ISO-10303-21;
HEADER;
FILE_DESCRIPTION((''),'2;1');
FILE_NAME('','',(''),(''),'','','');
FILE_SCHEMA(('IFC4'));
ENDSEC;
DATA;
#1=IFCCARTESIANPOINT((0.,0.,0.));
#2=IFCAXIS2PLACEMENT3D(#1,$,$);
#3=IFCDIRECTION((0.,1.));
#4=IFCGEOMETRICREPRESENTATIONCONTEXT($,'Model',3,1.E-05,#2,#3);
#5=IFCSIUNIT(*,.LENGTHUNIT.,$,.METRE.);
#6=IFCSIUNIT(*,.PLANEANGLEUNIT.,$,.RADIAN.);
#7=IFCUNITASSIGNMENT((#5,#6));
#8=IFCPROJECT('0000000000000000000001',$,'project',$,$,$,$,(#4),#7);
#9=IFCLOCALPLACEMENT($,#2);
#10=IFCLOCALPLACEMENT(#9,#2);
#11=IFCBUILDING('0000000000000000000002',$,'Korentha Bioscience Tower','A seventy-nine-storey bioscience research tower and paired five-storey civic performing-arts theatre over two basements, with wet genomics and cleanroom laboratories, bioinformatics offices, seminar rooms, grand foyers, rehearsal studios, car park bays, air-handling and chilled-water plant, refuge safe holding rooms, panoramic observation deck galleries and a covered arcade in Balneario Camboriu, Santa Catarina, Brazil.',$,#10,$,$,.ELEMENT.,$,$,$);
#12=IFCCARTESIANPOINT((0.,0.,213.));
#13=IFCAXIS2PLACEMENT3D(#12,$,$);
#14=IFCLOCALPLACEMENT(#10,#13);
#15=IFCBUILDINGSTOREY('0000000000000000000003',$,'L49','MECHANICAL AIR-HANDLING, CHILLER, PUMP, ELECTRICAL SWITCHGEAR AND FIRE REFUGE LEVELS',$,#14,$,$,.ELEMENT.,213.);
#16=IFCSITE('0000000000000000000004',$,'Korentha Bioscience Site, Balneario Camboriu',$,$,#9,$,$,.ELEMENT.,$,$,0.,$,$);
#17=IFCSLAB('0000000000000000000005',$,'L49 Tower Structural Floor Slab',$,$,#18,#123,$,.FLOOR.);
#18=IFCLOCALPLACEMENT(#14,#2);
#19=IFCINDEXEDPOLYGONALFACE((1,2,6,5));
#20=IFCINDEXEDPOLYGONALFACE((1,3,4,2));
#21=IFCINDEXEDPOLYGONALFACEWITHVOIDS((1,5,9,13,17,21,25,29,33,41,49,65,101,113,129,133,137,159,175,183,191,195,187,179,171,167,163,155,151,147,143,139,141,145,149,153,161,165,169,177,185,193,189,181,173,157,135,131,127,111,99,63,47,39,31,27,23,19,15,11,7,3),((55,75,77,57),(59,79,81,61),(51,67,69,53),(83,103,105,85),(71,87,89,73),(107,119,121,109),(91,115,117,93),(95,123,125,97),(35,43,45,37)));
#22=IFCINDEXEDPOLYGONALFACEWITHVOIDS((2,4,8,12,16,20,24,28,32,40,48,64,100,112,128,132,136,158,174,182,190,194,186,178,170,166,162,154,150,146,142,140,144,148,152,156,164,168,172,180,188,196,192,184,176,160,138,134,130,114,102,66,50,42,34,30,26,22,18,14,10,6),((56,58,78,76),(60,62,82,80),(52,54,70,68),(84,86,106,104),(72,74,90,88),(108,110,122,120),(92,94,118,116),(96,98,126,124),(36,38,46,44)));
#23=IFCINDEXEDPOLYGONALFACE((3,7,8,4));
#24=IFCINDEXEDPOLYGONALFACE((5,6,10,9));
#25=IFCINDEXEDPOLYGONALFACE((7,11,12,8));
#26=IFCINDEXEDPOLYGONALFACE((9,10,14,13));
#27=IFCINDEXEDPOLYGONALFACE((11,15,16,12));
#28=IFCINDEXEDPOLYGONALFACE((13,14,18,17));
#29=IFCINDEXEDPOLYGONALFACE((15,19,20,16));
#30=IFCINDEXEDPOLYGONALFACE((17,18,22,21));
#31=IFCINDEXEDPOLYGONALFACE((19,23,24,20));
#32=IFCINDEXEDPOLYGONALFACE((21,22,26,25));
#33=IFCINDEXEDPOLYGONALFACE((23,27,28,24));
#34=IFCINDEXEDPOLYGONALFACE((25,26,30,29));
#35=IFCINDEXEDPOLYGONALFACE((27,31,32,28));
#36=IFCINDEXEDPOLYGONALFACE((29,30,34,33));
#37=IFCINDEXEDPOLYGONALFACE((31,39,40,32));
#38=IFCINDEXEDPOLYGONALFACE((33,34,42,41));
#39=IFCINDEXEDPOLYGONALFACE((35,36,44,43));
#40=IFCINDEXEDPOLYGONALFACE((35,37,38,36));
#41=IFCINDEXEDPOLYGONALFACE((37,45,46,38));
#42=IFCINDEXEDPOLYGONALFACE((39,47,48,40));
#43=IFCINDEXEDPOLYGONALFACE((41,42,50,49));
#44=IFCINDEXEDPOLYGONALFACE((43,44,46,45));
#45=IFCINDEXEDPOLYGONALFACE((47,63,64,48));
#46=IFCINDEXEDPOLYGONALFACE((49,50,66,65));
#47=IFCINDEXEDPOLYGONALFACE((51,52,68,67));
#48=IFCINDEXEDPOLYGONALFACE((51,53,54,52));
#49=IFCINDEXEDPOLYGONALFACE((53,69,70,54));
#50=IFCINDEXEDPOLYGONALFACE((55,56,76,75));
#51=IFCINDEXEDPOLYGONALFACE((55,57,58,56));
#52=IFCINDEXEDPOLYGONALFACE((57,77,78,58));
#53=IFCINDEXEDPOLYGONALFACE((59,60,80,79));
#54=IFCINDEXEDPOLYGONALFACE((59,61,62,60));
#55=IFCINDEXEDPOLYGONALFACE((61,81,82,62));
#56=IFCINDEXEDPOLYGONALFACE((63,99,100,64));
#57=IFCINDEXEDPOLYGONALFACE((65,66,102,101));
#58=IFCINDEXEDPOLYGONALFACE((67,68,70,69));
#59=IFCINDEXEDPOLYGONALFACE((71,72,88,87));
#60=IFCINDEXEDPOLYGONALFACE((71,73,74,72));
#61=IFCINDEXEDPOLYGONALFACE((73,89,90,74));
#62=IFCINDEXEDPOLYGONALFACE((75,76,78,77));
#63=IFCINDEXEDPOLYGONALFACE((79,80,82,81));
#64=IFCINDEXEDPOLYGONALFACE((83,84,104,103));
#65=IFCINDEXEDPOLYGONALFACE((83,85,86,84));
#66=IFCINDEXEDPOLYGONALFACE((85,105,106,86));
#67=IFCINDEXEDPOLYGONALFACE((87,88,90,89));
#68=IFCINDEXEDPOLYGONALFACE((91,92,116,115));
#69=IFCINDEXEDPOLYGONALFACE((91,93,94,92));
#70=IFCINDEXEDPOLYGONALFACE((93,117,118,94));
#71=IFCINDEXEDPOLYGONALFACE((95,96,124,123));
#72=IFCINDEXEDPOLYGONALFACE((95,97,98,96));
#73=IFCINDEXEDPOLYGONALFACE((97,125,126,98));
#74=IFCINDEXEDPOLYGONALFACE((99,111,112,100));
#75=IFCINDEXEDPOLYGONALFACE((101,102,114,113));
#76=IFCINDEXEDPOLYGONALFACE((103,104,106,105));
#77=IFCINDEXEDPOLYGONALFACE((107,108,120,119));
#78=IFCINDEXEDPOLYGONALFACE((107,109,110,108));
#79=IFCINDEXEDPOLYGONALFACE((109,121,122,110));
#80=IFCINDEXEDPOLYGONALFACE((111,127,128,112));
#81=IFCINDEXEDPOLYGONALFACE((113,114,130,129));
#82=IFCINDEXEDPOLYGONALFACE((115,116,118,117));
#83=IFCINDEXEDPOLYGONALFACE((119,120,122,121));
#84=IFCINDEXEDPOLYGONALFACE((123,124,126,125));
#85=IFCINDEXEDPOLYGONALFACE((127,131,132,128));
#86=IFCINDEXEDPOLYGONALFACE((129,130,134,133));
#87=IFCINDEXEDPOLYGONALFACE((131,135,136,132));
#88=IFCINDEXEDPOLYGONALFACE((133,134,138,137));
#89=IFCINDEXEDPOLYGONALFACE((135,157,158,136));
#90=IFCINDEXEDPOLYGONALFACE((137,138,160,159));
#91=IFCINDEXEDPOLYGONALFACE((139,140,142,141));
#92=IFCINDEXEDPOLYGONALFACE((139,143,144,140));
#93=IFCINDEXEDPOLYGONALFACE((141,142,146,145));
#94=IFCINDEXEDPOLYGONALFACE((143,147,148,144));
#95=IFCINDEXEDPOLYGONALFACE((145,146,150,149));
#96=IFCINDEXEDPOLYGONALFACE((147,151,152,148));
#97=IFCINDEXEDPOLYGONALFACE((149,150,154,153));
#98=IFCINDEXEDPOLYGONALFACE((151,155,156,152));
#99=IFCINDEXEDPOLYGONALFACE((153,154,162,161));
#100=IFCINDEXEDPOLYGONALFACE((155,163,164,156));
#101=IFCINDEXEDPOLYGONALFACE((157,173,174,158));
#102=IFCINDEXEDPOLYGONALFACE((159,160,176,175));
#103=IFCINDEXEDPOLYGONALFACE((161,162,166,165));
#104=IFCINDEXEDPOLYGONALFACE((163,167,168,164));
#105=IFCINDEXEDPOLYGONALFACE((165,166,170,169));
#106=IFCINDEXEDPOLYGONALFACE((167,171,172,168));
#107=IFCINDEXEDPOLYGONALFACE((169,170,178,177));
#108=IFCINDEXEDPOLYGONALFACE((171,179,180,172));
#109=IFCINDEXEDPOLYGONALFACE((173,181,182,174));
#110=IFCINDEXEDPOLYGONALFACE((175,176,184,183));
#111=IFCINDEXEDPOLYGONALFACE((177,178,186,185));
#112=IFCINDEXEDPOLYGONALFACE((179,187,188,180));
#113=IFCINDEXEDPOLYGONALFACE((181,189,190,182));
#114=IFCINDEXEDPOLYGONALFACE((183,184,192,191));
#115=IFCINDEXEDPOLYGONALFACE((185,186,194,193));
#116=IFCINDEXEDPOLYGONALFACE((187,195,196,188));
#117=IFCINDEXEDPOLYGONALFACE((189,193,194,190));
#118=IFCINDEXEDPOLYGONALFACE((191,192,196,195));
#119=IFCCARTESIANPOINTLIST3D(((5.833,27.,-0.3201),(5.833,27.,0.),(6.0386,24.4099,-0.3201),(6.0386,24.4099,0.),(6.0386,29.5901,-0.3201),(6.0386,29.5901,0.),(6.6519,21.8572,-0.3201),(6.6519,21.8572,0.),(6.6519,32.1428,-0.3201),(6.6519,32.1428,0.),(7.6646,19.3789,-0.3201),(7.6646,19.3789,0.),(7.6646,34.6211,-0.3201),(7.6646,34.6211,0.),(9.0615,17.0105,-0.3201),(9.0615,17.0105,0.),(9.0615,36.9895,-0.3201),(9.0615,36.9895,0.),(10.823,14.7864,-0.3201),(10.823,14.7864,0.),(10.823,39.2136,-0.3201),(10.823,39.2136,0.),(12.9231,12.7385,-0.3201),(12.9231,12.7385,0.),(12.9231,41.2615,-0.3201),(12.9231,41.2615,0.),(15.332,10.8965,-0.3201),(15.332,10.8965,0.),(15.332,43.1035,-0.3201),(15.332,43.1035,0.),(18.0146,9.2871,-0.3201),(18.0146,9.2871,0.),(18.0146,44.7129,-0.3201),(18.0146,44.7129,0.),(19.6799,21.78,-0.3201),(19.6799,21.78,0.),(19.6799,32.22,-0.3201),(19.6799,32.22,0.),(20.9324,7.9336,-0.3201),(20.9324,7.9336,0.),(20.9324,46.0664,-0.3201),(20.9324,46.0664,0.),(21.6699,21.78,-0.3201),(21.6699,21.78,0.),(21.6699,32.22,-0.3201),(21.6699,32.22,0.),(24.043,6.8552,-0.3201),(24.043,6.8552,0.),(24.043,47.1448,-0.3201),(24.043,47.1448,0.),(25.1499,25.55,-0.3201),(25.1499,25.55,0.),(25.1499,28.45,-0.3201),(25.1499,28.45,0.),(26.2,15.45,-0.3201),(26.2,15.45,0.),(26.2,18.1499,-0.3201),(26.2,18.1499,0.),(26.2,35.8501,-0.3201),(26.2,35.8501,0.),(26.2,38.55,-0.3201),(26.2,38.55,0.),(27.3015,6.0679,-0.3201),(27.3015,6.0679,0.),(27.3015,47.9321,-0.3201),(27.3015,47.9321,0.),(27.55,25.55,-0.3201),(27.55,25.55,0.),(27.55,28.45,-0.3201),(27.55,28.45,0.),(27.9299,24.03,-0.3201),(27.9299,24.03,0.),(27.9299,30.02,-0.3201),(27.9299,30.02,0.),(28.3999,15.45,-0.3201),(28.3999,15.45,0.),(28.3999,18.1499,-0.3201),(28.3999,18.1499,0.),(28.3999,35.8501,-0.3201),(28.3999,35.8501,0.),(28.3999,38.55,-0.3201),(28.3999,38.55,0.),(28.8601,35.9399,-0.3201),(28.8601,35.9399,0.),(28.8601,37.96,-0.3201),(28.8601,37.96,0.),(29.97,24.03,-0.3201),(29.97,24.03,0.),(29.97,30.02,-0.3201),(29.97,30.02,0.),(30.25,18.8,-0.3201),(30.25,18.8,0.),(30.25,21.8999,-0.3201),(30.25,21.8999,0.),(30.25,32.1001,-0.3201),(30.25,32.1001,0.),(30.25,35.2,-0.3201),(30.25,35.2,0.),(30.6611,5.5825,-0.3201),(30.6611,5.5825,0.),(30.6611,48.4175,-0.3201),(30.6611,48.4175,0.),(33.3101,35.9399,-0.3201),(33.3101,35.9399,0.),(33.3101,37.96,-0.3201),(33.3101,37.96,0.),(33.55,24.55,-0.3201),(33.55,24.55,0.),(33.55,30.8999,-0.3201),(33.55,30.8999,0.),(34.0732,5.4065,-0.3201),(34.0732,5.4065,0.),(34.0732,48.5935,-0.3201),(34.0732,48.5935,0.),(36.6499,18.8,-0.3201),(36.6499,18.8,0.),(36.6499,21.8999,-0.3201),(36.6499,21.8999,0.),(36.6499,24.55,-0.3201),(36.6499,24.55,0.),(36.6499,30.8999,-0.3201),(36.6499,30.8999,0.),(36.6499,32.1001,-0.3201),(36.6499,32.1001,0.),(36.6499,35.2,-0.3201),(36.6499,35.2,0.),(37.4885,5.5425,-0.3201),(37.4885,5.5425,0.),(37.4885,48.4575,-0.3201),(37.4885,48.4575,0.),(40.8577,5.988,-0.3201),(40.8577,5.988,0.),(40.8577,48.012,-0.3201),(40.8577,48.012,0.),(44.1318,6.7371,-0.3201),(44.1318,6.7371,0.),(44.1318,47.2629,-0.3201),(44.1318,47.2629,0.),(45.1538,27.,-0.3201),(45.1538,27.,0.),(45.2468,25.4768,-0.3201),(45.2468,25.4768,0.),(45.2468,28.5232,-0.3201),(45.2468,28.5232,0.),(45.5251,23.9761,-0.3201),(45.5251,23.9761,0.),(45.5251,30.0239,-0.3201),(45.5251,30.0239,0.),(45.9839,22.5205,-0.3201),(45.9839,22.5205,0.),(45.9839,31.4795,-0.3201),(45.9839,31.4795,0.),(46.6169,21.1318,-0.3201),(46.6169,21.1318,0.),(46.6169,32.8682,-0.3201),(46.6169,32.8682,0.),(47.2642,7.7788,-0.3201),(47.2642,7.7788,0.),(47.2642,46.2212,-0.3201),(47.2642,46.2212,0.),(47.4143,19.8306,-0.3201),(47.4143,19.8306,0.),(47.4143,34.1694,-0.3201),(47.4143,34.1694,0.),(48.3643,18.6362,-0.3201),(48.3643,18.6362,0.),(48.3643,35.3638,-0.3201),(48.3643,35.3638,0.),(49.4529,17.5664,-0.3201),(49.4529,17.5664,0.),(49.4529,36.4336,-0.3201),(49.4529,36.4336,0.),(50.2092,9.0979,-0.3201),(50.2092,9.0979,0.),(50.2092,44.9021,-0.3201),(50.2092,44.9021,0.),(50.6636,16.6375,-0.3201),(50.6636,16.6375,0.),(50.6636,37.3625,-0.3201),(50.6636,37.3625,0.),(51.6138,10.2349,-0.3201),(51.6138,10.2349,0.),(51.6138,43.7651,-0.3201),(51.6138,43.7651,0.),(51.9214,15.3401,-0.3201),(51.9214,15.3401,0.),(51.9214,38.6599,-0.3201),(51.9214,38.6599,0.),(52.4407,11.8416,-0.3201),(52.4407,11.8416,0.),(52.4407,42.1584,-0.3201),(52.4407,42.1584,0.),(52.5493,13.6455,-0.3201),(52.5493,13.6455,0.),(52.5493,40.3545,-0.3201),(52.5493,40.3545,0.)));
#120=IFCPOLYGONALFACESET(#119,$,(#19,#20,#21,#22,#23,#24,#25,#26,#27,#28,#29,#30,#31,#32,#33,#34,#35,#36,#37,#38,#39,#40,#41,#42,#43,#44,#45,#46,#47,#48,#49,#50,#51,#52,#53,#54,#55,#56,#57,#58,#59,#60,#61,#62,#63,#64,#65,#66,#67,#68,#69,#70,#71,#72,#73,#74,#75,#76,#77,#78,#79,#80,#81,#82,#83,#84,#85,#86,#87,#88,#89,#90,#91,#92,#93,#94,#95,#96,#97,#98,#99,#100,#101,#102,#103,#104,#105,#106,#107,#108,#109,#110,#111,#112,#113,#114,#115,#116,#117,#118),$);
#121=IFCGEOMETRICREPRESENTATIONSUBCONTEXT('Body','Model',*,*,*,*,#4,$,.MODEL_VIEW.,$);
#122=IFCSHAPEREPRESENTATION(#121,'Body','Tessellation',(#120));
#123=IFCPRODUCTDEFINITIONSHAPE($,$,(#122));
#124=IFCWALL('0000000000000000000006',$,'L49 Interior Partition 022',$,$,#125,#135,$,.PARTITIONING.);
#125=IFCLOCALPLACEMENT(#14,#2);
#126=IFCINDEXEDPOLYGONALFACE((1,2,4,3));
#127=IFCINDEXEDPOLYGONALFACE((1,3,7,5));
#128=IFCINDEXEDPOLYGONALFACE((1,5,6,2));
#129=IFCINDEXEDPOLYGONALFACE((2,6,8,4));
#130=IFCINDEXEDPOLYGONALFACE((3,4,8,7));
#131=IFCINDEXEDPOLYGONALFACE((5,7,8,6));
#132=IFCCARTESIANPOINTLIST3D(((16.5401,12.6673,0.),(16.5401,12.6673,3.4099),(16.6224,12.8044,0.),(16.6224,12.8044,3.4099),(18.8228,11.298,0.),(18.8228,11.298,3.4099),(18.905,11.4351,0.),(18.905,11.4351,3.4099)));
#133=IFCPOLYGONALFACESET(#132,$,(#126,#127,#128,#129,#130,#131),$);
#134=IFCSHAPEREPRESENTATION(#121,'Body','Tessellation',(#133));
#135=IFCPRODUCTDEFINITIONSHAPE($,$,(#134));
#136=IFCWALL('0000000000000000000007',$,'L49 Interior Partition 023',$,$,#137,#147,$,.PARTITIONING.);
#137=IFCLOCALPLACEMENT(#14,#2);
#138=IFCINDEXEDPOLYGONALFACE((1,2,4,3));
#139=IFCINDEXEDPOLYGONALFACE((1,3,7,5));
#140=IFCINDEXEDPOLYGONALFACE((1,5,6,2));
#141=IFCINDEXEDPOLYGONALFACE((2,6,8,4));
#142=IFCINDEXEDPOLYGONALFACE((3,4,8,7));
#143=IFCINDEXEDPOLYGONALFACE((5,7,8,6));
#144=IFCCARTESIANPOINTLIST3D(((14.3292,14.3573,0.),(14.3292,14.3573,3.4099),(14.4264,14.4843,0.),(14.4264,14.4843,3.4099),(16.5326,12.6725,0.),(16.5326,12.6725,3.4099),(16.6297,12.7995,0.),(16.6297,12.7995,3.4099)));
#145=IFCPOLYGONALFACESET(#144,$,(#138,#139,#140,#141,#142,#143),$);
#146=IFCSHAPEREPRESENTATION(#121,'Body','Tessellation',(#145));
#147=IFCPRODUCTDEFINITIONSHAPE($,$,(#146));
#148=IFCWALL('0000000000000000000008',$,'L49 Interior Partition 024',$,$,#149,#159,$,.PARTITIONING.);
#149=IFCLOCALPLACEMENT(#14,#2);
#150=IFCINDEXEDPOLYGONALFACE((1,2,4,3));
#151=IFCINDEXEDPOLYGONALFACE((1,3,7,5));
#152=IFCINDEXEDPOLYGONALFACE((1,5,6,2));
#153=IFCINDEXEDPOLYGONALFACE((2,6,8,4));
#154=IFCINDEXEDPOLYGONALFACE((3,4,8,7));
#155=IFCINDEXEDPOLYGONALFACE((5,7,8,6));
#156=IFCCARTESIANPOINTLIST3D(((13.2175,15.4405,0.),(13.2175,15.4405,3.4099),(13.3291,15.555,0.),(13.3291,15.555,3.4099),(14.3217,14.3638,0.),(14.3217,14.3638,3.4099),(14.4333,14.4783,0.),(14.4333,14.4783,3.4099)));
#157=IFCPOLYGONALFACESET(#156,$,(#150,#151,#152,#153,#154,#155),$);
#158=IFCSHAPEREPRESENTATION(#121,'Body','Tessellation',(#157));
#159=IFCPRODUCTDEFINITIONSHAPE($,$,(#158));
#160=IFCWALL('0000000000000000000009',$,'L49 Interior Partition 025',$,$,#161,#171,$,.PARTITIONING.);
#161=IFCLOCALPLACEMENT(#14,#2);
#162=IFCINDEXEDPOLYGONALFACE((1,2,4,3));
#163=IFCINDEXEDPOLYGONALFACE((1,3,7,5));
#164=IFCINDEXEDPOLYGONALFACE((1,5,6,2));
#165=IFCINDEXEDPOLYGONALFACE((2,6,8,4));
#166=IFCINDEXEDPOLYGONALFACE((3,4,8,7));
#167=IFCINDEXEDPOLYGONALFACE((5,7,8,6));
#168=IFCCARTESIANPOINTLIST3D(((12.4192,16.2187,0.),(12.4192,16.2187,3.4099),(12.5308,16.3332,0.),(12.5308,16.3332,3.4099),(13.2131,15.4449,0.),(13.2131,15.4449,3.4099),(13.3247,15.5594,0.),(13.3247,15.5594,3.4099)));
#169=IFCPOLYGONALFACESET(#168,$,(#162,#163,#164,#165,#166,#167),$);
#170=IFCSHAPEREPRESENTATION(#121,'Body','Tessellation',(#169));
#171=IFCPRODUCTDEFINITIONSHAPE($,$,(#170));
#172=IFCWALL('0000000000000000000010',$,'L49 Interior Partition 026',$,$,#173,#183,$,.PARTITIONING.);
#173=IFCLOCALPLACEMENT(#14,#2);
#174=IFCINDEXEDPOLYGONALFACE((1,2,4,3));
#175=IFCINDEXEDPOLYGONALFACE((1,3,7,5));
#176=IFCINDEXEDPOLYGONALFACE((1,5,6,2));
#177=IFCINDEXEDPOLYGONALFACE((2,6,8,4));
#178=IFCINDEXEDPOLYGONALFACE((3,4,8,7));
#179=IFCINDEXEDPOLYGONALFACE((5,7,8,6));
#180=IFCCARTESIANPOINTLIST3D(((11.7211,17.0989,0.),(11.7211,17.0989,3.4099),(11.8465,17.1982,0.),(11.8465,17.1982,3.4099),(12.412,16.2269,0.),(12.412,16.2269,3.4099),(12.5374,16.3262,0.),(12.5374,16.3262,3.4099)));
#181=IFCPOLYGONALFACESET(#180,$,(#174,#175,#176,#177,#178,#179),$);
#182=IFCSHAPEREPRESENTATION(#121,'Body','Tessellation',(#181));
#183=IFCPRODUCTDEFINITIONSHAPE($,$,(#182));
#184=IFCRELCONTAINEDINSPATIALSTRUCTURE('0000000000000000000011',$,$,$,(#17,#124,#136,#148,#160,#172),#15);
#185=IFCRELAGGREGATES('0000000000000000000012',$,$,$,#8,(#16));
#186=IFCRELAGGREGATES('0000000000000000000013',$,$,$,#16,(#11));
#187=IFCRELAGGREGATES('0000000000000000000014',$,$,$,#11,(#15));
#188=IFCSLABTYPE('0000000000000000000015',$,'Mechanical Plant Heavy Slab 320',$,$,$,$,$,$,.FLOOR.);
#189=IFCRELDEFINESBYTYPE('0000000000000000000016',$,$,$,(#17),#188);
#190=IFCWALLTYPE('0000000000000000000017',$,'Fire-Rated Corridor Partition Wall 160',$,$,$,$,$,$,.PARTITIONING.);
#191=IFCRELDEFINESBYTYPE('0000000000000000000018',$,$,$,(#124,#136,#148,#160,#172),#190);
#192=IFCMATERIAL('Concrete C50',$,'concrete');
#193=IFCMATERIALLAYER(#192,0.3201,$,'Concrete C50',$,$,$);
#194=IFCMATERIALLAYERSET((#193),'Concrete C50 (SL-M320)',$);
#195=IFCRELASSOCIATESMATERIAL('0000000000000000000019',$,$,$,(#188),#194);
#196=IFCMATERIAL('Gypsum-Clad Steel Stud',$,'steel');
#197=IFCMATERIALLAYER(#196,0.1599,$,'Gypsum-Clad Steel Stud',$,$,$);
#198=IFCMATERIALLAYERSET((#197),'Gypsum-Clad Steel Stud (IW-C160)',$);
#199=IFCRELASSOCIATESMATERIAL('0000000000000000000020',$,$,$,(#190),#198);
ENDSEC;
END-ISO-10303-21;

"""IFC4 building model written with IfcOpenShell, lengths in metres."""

from ifc_helpers import new_model, si_unit, direction, frame, frame_2d, origin, place, context, subcontext, project, spatial, polyline, rectangle, outline, extrude, material, layer, layer_set, type_object, element, save


model = new_model("IFC4")

# Units and contexts
model_context = context("Model", 3, precision=1e-05, world=origin(), true_north=direction((0.0, 1.0)))
body_context = subcontext(model_context, "Body", "Model", "MODEL_VIEW")
ifc_project = project(units=[si_unit("LENGTHUNIT", "METRE"), si_unit("PLANEANGLEUNIT", "RADIAN")], contexts=[model_context])

# Site, building, storey
site_placement = place(None, origin())
site = spatial("IfcSite", under=ifc_project, at=site_placement, Name="Korentha Bioscience Site, Balneario Camboriu", CompositionType="ELEMENT", RefElevation=0.0)
building_placement = place(site_placement, origin())
building = spatial("IfcBuilding", under=site, at=building_placement, Name="Korentha Bioscience Tower", Description="A seventy-nine-storey bioscience research tower and paired five-storey civic performing-arts theatre over two basements, with wet genomics and cleanroom laboratories, bioinformatics offices, seminar rooms, grand foyers, rehearsal studios, car park bays, air-handling and chilled-water plant, refuge safe holding rooms, panoramic observation deck galleries and a covered arcade in Balneario Camboriu, Santa Catarina, Brazil.", CompositionType="ELEMENT")
storey_placement = place(building_placement, frame((0.0, 0.0, 213.0)))
storey = spatial("IfcBuildingStorey", under=building, at=storey_placement, Name="L49", Description="MECHANICAL AIR-HANDLING, CHILLER, PUMP, ELECTRICAL SWITCHGEAR AND FIRE REFUGE LEVELS", CompositionType="ELEMENT", Elevation=213.0)

# Shared definitions
ifc_material_1 = material(Name="Concrete C50", Category="concrete")

# Slab
ifc_layer_1 = layer(ifc_material_1, 0.3201, Name="Concrete C50")
ifc_layer_set_1 = layer_set([ifc_layer_1], Name="Concrete C50 (SL-M320)")
slab_type_1 = type_object("IfcSlabType", Name="Mechanical Plant Heavy Slab 320", PredefinedType="FLOOR", material=ifc_layer_set_1)
slab_1_placement = place(storey_placement, frame((0.0, 0.0, -0.3201)))
element("IfcSlab", 1, at=slab_1_placement, inside=storey, type_object=slab_type_1, Name="L49 Tower Structural Floor Slab", PredefinedType="FLOOR", context=body_context, shape_type="SweptSolid", body=[
    extrude(outline(polyline([(50.2092, 44.9021), (47.2642, 46.2212), (44.1318, 47.2629), (40.8577, 48.012), (37.4885, 48.4575), (34.0732, 48.5935), (30.6611, 48.4175), (27.3015, 47.9321), (24.043, 47.1448), (20.9324, 46.0664), (18.0146, 44.7129), (15.332, 43.1035), (12.9231, 41.2615), (10.823, 39.2136), (9.0615, 36.9895), (7.6646, 34.6211), (6.6519, 32.1428), (6.0386, 29.5901), (5.833, 27.0), (6.0386, 24.4099), (6.6519, 21.8572), (7.6646, 19.3789), (9.0615, 17.0105), (10.823, 14.7864), (12.9231, 12.7385), (15.332, 10.8965), (18.0146, 9.2871), (20.9324, 7.9336), (24.043, 6.8552), (27.3015, 6.0679), (30.6611, 5.5825), (34.0732, 5.4065), (37.4885, 5.5425), (40.8577, 5.988), (44.1318, 6.7371), (47.2642, 7.7788), (50.2092, 9.0979), (51.6138, 10.2349), (52.4407, 11.8416), (52.5493, 13.6455), (51.9214, 15.3401), (50.6636, 16.6375), (49.4529, 17.5664), (48.3643, 18.6362), (47.4143, 19.8306), (46.6169, 21.1318), (45.9839, 22.5205), (45.5251, 23.9761), (45.2468, 25.4768), (45.1538, 27.0), (45.2468, 28.5232), (45.5251, 30.0239), (45.9839, 31.4795), (46.6169, 32.8682), (47.4143, 34.1694), (48.3643, 35.3638), (49.4529, 36.4336), (50.6636, 37.3625), (51.9214, 38.6599), (52.5493, 40.3545), (52.4407, 42.1584), (51.6138, 43.7651), (50.2092, 44.9021)]), holes=[polyline([(30.25, 32.1001), (36.6499, 32.1001), (36.6499, 35.2), (30.25, 35.2), (30.25, 32.1001)]), polyline([(30.25, 18.8), (36.6499, 18.8), (36.6499, 21.8999), (30.25, 21.8999), (30.25, 18.8)]), polyline([(36.6499, 24.55), (36.6499, 30.8999), (33.55, 30.8999), (33.55, 24.55), (36.6499, 24.55)]), polyline([(19.6799, 21.78), (21.6699, 21.78), (21.6699, 32.22), (19.6799, 32.22), (19.6799, 21.78)]), polyline([(27.9299, 24.03), (29.97, 24.03), (29.97, 30.02), (27.9299, 30.02), (27.9299, 24.03)]), polyline([(28.8601, 35.9399), (33.3101, 35.9399), (33.3101, 37.96), (28.8601, 37.96), (28.8601, 35.9399)]), polyline([(26.2, 15.45), (28.3999, 15.45), (28.3999, 18.1499), (26.2, 18.1499), (26.2, 15.45)]), polyline([(26.2, 35.8501), (28.3999, 35.8501), (28.3999, 38.55), (26.2, 38.55), (26.2, 35.8501)]), polyline([(25.1499, 25.55), (27.55, 25.55), (27.55, 28.45), (25.1499, 28.45), (25.1499, 25.55)])]), origin(), (0.0, 0.0, 1.0), 0.3201),
])

# Walls
ifc_material_2 = material(Name="Gypsum-Clad Steel Stud", Category="steel")
ifc_layer_2 = layer(ifc_material_2, 0.1599, Name="Gypsum-Clad Steel Stud")
ifc_layer_set_2 = layer_set([ifc_layer_2], Name="Gypsum-Clad Steel Stud (IW-C160)")
wall_type_1 = type_object("IfcWallType", Name="Fire-Rated Corridor Partition Wall 160", PredefinedType="PARTITIONING", material=ifc_layer_set_2)
wall_1_placement = place(storey_placement, frame((18.864, 11.3665, 0.0), z_axis=(0.0, 0.0, 1.0), x_axis=(-0.857533, 0.514428, 0.0)))
element("IfcWall", 2, at=wall_1_placement, inside=storey, type_object=wall_type_1, Name="L49 Interior Partition 022", PredefinedType="PARTITIONING", context=body_context, shape_type="SweptSolid", body=[
    extrude(rectangle(XDim=2.6619, YDim=0.1599, at=frame_2d((1.3311, 0.0))), origin(), (0.0, 0.0, 1.0), 3.4099),
])
wall_2_placement = place(storey_placement, frame((16.5811, 12.7361, 0.0), z_axis=(0.0, 0.0, 1.0), x_axis=(-0.794378, 0.607424, 0.0)))
element("IfcWall", 3, at=wall_2_placement, inside=storey, type_object=wall_type_1, Name="L49 Interior Partition 023", PredefinedType="PARTITIONING", context=body_context, shape_type="SweptSolid", body=[
    extrude(rectangle(XDim=2.7737, YDim=0.1599, at=frame_2d((1.3867, 0.0))), origin(), (0.0, 0.0, 1.0), 3.4099),
])
wall_3_placement = place(storey_placement, frame((14.3774, 14.4211, 0.0), z_axis=(0.0, 0.0, 1.0), x_axis=(-0.715994, 0.698106, 0.0)))
element("IfcWall", 4, at=wall_3_placement, inside=storey, type_object=wall_type_1, Name="L49 Interior Partition 024", PredefinedType="PARTITIONING", context=body_context, shape_type="SweptSolid", body=[
    extrude(rectangle(XDim=1.5422, YDim=0.1599, at=frame_2d((0.771, 0.0))), origin(), (0.0, 0.0, 1.0), 3.4099),
])
wall_4_placement = place(storey_placement, frame((13.2688, 15.5022, 0.0), z_axis=(0.0, 0.0, 1.0), x_axis=(-0.716077, 0.698021, 0.0)))
element("IfcWall", 5, at=wall_4_placement, inside=storey, type_object=wall_type_1, Name="L49 Interior Partition 025", PredefinedType="PARTITIONING", context=body_context, shape_type="SweptSolid", body=[
    extrude(rectangle(XDim=1.1086, YDim=0.1599, at=frame_2d((0.5542, 0.0))), origin(), (0.0, 0.0, 1.0), 3.4099),
])
wall_5_placement = place(storey_placement, frame((12.4746, 16.2766, 0.0), z_axis=(0.0, 0.0, 1.0), x_axis=(-0.620995, 0.783814, 0.0)))
element("IfcWall", 6, at=wall_5_placement, inside=storey, type_object=wall_type_1, Name="L49 Interior Partition 026", PredefinedType="PARTITIONING", context=body_context, shape_type="SweptSolid", body=[
    extrude(rectangle(XDim=1.1125, YDim=0.1599, at=frame_2d((0.5562, 0.0))), origin(), (0.0, 0.0, 1.0), 3.4099),
])

save(model, "model.ifc")
